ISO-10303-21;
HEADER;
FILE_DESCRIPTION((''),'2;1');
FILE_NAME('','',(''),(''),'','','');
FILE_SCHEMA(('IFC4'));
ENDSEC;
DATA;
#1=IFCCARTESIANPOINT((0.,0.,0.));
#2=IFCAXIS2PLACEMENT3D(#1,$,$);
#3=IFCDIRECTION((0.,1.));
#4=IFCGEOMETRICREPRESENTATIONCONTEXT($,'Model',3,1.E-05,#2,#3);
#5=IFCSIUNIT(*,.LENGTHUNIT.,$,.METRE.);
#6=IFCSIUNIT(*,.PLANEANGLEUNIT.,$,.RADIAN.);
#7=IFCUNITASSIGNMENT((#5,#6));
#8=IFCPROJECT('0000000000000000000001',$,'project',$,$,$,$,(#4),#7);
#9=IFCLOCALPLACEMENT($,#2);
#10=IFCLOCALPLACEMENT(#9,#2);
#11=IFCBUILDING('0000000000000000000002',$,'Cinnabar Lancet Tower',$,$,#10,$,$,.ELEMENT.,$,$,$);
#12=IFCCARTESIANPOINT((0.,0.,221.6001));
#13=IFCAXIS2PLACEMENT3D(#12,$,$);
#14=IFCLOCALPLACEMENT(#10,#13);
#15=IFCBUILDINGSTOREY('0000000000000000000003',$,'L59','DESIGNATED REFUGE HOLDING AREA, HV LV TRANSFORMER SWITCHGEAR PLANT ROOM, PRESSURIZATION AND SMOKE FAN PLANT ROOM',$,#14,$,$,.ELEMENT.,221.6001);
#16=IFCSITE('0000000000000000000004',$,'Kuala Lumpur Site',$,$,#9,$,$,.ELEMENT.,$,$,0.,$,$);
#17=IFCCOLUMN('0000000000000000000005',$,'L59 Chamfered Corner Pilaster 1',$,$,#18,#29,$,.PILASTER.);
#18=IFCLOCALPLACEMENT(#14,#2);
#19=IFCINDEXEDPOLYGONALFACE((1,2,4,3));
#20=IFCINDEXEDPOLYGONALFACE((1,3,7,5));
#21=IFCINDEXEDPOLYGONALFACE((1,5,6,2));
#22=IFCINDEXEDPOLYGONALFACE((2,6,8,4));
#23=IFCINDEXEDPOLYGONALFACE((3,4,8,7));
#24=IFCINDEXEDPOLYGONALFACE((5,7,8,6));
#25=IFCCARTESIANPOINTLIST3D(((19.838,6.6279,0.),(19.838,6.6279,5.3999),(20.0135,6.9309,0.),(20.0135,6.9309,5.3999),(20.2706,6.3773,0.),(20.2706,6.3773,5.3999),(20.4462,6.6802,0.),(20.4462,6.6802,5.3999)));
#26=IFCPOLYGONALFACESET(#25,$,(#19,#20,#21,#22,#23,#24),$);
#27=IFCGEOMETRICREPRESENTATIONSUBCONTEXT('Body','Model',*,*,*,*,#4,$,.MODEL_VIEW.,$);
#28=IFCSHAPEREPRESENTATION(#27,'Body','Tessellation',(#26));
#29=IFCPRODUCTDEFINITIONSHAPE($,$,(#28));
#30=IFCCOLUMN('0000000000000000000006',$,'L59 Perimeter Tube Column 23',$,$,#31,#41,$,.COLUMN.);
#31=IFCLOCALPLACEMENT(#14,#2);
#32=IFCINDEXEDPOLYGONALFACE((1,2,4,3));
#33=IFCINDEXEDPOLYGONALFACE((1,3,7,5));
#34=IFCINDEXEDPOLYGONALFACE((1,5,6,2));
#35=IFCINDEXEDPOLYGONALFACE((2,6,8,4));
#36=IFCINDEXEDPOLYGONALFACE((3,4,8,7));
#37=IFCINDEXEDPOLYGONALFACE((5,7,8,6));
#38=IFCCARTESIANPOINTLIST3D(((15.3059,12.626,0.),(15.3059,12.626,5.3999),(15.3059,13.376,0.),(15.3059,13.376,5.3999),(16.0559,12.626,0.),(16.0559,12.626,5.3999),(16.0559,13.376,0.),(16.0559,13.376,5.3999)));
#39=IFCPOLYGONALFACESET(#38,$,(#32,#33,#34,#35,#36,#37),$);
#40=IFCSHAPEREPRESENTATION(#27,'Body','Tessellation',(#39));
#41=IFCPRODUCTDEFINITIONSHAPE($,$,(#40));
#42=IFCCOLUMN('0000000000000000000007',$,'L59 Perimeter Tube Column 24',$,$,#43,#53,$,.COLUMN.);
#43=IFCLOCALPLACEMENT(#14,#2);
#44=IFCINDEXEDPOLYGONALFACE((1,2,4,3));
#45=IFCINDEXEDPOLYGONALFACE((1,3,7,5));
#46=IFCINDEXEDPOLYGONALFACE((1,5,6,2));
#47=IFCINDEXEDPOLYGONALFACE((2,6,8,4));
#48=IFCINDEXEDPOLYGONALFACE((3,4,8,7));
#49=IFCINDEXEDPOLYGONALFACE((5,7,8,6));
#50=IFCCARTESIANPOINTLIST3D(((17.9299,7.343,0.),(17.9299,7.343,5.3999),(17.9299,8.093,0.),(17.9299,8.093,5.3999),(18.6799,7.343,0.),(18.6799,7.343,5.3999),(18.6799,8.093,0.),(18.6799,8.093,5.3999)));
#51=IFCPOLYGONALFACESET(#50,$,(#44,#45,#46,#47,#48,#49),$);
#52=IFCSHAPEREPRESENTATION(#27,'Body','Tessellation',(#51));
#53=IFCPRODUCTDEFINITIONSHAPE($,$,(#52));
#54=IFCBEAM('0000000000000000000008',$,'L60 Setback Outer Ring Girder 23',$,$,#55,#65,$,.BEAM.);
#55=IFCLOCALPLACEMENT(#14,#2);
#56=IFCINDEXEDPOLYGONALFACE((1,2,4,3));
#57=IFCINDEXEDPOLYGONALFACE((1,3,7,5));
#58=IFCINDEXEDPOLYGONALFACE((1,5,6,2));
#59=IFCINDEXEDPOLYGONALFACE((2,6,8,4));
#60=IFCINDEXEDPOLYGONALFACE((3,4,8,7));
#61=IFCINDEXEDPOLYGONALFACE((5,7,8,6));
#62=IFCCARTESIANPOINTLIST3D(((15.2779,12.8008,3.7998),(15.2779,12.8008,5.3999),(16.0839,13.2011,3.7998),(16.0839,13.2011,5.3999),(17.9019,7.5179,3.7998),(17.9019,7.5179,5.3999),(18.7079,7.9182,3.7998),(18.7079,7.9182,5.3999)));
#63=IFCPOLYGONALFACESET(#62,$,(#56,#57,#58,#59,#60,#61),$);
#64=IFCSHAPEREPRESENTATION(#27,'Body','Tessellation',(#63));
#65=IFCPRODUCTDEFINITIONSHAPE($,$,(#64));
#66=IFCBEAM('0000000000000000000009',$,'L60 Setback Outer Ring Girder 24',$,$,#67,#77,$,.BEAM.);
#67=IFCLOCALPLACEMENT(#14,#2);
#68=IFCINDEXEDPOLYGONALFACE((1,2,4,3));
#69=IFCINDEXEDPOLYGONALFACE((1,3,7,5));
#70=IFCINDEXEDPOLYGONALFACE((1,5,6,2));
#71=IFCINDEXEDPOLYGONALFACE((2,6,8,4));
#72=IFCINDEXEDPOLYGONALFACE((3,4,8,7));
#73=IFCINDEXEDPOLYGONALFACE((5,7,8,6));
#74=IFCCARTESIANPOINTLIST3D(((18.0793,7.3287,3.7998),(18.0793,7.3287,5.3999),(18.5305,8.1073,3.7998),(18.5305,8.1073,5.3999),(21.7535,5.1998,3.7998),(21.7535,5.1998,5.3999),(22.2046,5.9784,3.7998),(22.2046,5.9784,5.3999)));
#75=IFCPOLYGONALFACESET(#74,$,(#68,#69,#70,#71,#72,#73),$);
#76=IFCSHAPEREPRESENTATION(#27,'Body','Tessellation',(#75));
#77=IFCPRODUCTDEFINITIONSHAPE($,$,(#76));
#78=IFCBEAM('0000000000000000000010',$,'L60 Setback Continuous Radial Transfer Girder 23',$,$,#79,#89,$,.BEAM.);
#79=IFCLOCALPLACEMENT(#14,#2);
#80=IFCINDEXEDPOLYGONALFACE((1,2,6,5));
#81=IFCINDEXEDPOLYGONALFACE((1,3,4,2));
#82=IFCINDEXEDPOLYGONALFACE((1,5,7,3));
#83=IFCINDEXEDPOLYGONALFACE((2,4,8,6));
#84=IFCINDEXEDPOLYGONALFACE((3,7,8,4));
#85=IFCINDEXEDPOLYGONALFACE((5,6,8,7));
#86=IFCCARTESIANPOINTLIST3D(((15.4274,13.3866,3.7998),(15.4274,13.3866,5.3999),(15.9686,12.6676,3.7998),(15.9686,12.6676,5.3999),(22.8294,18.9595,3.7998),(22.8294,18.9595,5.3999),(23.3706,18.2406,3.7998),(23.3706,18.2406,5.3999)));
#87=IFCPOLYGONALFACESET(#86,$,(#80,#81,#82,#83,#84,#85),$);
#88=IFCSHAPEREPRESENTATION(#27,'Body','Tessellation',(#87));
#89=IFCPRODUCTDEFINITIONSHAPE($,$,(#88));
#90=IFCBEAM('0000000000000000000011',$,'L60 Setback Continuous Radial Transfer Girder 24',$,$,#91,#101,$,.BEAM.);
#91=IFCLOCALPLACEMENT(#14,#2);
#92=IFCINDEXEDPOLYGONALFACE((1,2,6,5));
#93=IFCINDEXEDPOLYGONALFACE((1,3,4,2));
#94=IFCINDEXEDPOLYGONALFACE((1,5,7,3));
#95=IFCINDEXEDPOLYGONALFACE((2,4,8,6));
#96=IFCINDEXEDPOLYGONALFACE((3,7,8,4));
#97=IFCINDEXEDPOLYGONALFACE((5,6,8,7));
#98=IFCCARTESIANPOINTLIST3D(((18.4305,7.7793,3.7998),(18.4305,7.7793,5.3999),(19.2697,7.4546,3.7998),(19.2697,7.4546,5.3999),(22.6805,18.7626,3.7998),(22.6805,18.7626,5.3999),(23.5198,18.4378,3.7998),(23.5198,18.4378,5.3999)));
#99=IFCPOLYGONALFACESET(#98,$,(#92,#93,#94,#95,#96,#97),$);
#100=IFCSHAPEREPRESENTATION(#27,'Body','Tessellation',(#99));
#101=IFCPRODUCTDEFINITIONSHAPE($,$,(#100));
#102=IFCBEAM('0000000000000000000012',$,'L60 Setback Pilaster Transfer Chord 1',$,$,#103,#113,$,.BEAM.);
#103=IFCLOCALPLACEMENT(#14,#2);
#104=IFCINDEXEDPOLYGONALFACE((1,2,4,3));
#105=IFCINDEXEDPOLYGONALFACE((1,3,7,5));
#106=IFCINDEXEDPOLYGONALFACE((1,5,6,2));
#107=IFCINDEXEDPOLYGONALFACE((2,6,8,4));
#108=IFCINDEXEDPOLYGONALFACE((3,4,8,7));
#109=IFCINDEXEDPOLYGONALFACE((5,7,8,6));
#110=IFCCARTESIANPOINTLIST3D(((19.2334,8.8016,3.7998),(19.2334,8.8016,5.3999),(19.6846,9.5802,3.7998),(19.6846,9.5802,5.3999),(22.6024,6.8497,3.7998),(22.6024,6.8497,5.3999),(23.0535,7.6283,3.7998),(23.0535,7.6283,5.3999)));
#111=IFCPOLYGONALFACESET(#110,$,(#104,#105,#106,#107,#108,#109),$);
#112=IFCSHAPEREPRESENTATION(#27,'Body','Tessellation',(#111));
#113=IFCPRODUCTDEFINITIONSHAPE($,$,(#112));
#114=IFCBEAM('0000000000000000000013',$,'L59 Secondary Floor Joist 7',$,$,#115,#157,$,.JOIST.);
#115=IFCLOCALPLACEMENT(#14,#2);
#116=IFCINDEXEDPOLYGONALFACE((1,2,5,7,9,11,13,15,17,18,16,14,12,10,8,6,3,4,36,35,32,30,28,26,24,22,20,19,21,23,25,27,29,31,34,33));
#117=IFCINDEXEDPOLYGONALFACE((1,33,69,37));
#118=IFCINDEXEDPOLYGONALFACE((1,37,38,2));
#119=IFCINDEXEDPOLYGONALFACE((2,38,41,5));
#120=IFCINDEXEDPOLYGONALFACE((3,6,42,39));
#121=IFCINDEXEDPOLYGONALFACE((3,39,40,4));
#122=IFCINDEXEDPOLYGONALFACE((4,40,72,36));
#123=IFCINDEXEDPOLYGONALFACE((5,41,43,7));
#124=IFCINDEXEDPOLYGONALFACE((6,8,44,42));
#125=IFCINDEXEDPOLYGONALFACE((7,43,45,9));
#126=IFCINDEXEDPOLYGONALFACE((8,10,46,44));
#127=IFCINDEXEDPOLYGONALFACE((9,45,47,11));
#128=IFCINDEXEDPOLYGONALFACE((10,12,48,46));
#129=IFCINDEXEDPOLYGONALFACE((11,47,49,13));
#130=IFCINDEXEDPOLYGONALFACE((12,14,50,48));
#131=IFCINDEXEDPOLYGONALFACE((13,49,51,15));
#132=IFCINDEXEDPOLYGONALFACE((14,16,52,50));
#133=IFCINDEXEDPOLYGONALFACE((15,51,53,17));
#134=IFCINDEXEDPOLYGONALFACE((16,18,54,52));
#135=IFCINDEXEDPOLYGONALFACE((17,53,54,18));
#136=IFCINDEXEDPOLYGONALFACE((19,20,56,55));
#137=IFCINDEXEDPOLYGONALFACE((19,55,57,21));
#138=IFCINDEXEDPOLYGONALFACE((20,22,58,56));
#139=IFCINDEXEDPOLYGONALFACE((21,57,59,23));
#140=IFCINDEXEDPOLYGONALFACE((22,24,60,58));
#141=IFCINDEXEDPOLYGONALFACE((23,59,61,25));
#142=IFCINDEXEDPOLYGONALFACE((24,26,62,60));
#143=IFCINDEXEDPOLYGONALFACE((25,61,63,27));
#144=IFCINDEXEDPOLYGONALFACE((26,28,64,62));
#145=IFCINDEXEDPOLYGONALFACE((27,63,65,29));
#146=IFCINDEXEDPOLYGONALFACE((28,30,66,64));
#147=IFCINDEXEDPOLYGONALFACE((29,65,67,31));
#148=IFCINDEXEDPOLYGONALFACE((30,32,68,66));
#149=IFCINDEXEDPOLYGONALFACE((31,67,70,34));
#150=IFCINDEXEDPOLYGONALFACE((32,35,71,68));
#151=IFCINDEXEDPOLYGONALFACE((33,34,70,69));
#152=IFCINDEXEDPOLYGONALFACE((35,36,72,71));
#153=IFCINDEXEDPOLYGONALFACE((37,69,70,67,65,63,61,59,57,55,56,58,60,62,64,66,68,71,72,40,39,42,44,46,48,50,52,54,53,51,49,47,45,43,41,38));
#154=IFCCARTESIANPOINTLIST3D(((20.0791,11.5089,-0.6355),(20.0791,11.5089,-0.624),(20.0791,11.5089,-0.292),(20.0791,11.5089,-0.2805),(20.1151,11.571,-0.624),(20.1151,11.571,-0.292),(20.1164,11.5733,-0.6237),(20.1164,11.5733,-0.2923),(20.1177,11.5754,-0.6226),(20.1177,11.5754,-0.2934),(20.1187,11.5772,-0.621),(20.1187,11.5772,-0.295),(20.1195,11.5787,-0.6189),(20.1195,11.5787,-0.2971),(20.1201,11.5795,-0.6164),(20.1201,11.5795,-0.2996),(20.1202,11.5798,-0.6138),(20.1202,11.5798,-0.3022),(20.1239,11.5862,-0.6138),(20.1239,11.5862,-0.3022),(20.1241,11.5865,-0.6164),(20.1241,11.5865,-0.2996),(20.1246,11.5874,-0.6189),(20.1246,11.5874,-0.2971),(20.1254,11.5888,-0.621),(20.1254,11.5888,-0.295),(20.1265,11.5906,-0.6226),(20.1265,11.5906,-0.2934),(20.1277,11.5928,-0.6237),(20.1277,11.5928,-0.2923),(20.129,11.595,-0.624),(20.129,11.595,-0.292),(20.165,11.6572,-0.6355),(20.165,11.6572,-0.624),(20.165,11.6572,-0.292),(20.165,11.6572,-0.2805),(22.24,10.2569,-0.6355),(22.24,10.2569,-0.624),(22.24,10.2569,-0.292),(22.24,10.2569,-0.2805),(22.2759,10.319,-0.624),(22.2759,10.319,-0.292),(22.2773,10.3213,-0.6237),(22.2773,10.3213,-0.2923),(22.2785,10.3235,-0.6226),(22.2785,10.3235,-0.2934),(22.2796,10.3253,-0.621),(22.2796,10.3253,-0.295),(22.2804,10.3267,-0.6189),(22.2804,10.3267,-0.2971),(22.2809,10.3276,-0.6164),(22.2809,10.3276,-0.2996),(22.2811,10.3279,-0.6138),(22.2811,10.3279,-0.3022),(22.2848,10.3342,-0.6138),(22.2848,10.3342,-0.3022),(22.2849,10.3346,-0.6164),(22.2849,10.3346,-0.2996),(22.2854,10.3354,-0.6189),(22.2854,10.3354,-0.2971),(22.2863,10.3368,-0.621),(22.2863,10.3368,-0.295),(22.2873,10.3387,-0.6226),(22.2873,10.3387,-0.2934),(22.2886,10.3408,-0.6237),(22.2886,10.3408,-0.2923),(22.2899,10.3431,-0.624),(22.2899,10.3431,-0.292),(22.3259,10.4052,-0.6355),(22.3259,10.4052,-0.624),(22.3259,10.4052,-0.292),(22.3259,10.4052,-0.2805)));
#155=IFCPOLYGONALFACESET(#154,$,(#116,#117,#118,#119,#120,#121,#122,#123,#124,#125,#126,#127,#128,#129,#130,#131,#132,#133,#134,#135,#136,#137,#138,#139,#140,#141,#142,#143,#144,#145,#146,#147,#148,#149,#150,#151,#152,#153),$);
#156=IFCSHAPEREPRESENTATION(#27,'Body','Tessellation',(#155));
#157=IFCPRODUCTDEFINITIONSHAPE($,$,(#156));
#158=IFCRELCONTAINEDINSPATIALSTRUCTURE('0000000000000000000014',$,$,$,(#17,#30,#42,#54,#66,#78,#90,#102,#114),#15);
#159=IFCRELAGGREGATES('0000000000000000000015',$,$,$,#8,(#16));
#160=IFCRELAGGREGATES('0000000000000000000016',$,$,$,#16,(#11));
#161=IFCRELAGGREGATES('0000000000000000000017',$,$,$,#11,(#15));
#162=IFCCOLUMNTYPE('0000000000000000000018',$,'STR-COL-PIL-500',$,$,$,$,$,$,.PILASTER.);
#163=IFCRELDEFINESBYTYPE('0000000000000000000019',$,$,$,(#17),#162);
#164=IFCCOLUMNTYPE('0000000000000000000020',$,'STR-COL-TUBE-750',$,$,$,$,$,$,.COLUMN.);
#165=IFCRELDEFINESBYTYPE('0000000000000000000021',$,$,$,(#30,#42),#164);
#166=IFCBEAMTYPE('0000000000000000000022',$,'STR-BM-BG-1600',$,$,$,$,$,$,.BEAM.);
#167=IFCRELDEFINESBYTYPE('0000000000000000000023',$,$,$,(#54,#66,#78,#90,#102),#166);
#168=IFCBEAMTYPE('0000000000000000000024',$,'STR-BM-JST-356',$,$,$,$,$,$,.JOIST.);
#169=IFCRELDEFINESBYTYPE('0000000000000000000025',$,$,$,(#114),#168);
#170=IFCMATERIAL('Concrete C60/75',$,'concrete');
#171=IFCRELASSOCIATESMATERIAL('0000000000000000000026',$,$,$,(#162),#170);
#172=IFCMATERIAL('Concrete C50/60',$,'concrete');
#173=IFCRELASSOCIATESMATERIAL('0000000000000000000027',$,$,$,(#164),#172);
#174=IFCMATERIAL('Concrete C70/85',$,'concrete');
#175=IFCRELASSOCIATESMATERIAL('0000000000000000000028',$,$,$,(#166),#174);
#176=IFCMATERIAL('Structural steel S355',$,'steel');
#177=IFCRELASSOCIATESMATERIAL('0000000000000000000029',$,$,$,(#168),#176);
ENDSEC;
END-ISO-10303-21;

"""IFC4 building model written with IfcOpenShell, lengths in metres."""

from ifc_helpers import new_model, si_unit, direction, frame, origin, origin_2d, place, context, subcontext, project, spatial, rectangle, i_section, extrude, material, material_profile, profile_set, type_object, element, save


model = new_model("IFC4")

# Units and contexts
model_context = context("Model", 3, precision=1e-05, world=origin(), true_north=direction((0.0, 1.0)))
body_context = subcontext(model_context, "Body", "Model", "MODEL_VIEW")
ifc_project = project(units=[si_unit("LENGTHUNIT", "METRE"), si_unit("PLANEANGLEUNIT", "RADIAN")], contexts=[model_context])

# Site, building, storey
site_placement = place(None, origin())
site = spatial("IfcSite", under=ifc_project, at=site_placement, Name="Kuala Lumpur Site", CompositionType="ELEMENT", RefElevation=0.0)
building_placement = place(site_placement, origin())
building = spatial("IfcBuilding", under=site, at=building_placement, Name="Cinnabar Lancet Tower", CompositionType="ELEMENT")
storey_placement = place(building_placement, frame((0.0, 0.0, 221.6001)))
storey = spatial("IfcBuildingStorey", under=building, at=storey_placement, Name="L59", Description="DESIGNATED REFUGE HOLDING AREA, HV LV TRANSFORMER SWITCHGEAR PLANT ROOM, PRESSURIZATION AND SMOKE FAN PLANT ROOM", CompositionType="ELEMENT", Elevation=221.6001)

# Columns
ifc_material_1 = material(Name="Concrete C60/75", Category="concrete")
ifc_material_profile_1 = material_profile(ifc_material_1, rectangle(XDim=0.5, YDim=0.3501, at=origin_2d()), Name="RC-PIL 500x350")
ifc_profile_set_1 = profile_set([ifc_material_profile_1], Name="Concrete C60/75")
column_type_1 = type_object("IfcColumnType", Name="STR-COL-PIL-500", PredefinedType="PILASTER", material=ifc_profile_set_1)
column_placement = place(storey_placement, frame((20.1421, 6.6541, 0.0), z_axis=(0.0, 0.0, 1.0), x_axis=(0.86523, -0.501375, 0.0)))
element("IfcColumn", 1, at=column_placement, inside=storey, type_object=column_type_1, Name="L59 Chamfered Corner Pilaster 1", PredefinedType="PILASTER", context=body_context, shape_type="SweptSolid", body=[
    extrude(rectangle(XDim=0.5, YDim=0.3501, at=origin_2d()), origin(), (0.0, 0.0, 1.0), 5.3999),
])
ifc_material_2 = material(Name="Concrete C50/60", Category="concrete")
ifc_material_profile_2 = material_profile(ifc_material_2, rectangle(XDim=0.75, YDim=0.75, at=origin_2d()), Name="RC-COL 750x750")
ifc_profile_set_2 = profile_set([ifc_material_profile_2], Name="Concrete C50/60")
column_type_2 = type_object("IfcColumnType", Name="STR-COL-TUBE-750", PredefinedType="COLUMN", material=ifc_profile_set_2)
for number, where, z_axis, x_axis, name in (
    (2, (15.6809, 13.001, 0.0), (0.0, 0.0, 1.0), (1.0, 0.0, 0.0), "L59 Perimeter Tube Column 23"),
    (3, (18.3049, 7.718, 0.0), (0.0, 0.0, 1.0), (1.0, 0.0, 0.0), "L59 Perimeter Tube Column 24"),
):
    element("IfcColumn", number, at=place(storey_placement, frame(where, z_axis=z_axis, x_axis=x_axis)), inside=storey, type_object=column_type_2, Name=name, PredefinedType="COLUMN", context=body_context, shape_type="SweptSolid", body=[
        extrude(rectangle(XDim=0.75, YDim=0.75, at=origin_2d()), origin(), (0.0, 0.0, 1.0), 5.3999),
    ])

# Beams
ifc_material_3 = material(Name="Concrete C70/85", Category="concrete")
ifc_material_profile_3 = material_profile(ifc_material_3, rectangle(XDim=0.8999, YDim=1.6001, at=origin_2d()), Name="RC-BG 900x1600")
ifc_profile_set_3 = profile_set([ifc_material_profile_3], Name="Concrete C70/85")
beam_type_1 = type_object("IfcBeamType", Name="STR-BM-BG-1600", PredefinedType="BEAM", material=ifc_profile_set_3)
beam_1_placement = place(storey_placement, frame((15.6809, 13.001, 4.5999), z_axis=(0.444845, -0.895608, 0.0), x_axis=(0.895608, 0.444845, 0.0)))
element("IfcBeam", 4, at=beam_1_placement, inside=storey, type_object=beam_type_1, Name="L60 Setback Outer Ring Girder 23", PredefinedType="BEAM", context=body_context, shape_type="SweptSolid", body=[
    extrude(rectangle(XDim=0.8999, YDim=1.6001, at=origin_2d()), origin(), (0.0, 0.0, 1.0), 5.8987),
])
beam_2_placement = place(storey_placement, frame((18.3049, 7.718, 4.5999), z_axis=(0.865241, -0.501356, 0.0), x_axis=(0.501356, 0.865241, 0.0)))
element("IfcBeam", 5, at=beam_2_placement, inside=storey, type_object=beam_type_1, Name="L60 Setback Outer Ring Girder 24", PredefinedType="BEAM", context=body_context, shape_type="SweptSolid", body=[
    extrude(rectangle(XDim=0.8999, YDim=1.6001, at=origin_2d()), origin(), (0.0, 0.0, 1.0), 4.2463),
])
beam_3_placement = place(storey_placement, frame((15.698, 13.0271, 4.5999), z_axis=(0.798889, 0.601479, 0.0), x_axis=(-0.601479, 0.798889, 0.0)))
element("IfcBeam", 6, at=beam_3_placement, inside=storey, type_object=beam_type_1, Name="L60 Setback Continuous Radial Transfer Girder 23", PredefinedType="BEAM", context=body_context, shape_type="SweptSolid", body=[
    extrude(rectangle(XDim=0.8999, YDim=1.6001, at=origin_2d()), origin(), (0.0, 0.0, 1.0), 9.2654),
])
beam_4_placement = place(storey_placement, frame((18.8501, 7.6169, 4.5999), z_axis=(0.36088, 0.932612, 0.0), x_axis=(-0.932612, 0.36088, 0.0)))
element("IfcBeam", 7, at=beam_4_placement, inside=storey, type_object=beam_type_1, Name="L60 Setback Continuous Radial Transfer Girder 24", PredefinedType="BEAM", context=body_context, shape_type="SweptSolid", body=[
    extrude(rectangle(XDim=0.8999, YDim=1.6001, at=origin_2d()), origin(), (0.0, 0.0, 1.0), 11.7769),
])
beam_5_placement = place(storey_placement, frame((19.459, 9.1909, 4.5999), z_axis=(0.86526, -0.501323, 0.0), x_axis=(0.501323, 0.86526, 0.0)))
element("IfcBeam", 8, at=beam_5_placement, inside=storey, type_object=beam_type_1, Name="L60 Setback Pilaster Transfer Chord 1", PredefinedType="BEAM", context=body_context, shape_type="SweptSolid", body=[
    extrude(rectangle(XDim=0.8999, YDim=1.6001, at=origin_2d()), origin(), (0.0, 0.0, 1.0), 3.8936),
])
ifc_material_4 = material(Name="Structural steel S355", Category="steel")
ifc_material_profile_4 = material_profile(ifc_material_4, i_section(OverallWidth=0.1714, OverallDepth=0.355, WebThickness=0.0073, FlangeThickness=0.0115, FilletRadius=0.0103, at=origin_2d()), Name="UKB 356x171x51")
ifc_profile_set_4 = profile_set([ifc_material_profile_4], Name="Structural steel S355")
beam_type_2 = type_object("IfcBeamType", Name="STR-BM-JST-356", PredefinedType="JOIST", material=ifc_profile_set_4)
beam_6_placement = place(storey_placement, frame((20.1221, 11.583, -0.458), z_axis=(0.865268, -0.50131, 0.0), x_axis=(0.50131, 0.865268, 0.0)))
element("IfcBeam", 9, at=beam_6_placement, inside=storey, type_object=beam_type_2, Name="L59 Secondary Floor Joist 7", PredefinedType="JOIST", context=body_context, shape_type="SweptSolid", body=[
    extrude(i_section(OverallWidth=0.1714, OverallDepth=0.355, WebThickness=0.0073, FlangeThickness=0.0115, FilletRadius=0.0103, at=origin_2d()), origin(), (0.0, 0.0, 1.0), 2.4973),
])

save(model, "model.ifc")
